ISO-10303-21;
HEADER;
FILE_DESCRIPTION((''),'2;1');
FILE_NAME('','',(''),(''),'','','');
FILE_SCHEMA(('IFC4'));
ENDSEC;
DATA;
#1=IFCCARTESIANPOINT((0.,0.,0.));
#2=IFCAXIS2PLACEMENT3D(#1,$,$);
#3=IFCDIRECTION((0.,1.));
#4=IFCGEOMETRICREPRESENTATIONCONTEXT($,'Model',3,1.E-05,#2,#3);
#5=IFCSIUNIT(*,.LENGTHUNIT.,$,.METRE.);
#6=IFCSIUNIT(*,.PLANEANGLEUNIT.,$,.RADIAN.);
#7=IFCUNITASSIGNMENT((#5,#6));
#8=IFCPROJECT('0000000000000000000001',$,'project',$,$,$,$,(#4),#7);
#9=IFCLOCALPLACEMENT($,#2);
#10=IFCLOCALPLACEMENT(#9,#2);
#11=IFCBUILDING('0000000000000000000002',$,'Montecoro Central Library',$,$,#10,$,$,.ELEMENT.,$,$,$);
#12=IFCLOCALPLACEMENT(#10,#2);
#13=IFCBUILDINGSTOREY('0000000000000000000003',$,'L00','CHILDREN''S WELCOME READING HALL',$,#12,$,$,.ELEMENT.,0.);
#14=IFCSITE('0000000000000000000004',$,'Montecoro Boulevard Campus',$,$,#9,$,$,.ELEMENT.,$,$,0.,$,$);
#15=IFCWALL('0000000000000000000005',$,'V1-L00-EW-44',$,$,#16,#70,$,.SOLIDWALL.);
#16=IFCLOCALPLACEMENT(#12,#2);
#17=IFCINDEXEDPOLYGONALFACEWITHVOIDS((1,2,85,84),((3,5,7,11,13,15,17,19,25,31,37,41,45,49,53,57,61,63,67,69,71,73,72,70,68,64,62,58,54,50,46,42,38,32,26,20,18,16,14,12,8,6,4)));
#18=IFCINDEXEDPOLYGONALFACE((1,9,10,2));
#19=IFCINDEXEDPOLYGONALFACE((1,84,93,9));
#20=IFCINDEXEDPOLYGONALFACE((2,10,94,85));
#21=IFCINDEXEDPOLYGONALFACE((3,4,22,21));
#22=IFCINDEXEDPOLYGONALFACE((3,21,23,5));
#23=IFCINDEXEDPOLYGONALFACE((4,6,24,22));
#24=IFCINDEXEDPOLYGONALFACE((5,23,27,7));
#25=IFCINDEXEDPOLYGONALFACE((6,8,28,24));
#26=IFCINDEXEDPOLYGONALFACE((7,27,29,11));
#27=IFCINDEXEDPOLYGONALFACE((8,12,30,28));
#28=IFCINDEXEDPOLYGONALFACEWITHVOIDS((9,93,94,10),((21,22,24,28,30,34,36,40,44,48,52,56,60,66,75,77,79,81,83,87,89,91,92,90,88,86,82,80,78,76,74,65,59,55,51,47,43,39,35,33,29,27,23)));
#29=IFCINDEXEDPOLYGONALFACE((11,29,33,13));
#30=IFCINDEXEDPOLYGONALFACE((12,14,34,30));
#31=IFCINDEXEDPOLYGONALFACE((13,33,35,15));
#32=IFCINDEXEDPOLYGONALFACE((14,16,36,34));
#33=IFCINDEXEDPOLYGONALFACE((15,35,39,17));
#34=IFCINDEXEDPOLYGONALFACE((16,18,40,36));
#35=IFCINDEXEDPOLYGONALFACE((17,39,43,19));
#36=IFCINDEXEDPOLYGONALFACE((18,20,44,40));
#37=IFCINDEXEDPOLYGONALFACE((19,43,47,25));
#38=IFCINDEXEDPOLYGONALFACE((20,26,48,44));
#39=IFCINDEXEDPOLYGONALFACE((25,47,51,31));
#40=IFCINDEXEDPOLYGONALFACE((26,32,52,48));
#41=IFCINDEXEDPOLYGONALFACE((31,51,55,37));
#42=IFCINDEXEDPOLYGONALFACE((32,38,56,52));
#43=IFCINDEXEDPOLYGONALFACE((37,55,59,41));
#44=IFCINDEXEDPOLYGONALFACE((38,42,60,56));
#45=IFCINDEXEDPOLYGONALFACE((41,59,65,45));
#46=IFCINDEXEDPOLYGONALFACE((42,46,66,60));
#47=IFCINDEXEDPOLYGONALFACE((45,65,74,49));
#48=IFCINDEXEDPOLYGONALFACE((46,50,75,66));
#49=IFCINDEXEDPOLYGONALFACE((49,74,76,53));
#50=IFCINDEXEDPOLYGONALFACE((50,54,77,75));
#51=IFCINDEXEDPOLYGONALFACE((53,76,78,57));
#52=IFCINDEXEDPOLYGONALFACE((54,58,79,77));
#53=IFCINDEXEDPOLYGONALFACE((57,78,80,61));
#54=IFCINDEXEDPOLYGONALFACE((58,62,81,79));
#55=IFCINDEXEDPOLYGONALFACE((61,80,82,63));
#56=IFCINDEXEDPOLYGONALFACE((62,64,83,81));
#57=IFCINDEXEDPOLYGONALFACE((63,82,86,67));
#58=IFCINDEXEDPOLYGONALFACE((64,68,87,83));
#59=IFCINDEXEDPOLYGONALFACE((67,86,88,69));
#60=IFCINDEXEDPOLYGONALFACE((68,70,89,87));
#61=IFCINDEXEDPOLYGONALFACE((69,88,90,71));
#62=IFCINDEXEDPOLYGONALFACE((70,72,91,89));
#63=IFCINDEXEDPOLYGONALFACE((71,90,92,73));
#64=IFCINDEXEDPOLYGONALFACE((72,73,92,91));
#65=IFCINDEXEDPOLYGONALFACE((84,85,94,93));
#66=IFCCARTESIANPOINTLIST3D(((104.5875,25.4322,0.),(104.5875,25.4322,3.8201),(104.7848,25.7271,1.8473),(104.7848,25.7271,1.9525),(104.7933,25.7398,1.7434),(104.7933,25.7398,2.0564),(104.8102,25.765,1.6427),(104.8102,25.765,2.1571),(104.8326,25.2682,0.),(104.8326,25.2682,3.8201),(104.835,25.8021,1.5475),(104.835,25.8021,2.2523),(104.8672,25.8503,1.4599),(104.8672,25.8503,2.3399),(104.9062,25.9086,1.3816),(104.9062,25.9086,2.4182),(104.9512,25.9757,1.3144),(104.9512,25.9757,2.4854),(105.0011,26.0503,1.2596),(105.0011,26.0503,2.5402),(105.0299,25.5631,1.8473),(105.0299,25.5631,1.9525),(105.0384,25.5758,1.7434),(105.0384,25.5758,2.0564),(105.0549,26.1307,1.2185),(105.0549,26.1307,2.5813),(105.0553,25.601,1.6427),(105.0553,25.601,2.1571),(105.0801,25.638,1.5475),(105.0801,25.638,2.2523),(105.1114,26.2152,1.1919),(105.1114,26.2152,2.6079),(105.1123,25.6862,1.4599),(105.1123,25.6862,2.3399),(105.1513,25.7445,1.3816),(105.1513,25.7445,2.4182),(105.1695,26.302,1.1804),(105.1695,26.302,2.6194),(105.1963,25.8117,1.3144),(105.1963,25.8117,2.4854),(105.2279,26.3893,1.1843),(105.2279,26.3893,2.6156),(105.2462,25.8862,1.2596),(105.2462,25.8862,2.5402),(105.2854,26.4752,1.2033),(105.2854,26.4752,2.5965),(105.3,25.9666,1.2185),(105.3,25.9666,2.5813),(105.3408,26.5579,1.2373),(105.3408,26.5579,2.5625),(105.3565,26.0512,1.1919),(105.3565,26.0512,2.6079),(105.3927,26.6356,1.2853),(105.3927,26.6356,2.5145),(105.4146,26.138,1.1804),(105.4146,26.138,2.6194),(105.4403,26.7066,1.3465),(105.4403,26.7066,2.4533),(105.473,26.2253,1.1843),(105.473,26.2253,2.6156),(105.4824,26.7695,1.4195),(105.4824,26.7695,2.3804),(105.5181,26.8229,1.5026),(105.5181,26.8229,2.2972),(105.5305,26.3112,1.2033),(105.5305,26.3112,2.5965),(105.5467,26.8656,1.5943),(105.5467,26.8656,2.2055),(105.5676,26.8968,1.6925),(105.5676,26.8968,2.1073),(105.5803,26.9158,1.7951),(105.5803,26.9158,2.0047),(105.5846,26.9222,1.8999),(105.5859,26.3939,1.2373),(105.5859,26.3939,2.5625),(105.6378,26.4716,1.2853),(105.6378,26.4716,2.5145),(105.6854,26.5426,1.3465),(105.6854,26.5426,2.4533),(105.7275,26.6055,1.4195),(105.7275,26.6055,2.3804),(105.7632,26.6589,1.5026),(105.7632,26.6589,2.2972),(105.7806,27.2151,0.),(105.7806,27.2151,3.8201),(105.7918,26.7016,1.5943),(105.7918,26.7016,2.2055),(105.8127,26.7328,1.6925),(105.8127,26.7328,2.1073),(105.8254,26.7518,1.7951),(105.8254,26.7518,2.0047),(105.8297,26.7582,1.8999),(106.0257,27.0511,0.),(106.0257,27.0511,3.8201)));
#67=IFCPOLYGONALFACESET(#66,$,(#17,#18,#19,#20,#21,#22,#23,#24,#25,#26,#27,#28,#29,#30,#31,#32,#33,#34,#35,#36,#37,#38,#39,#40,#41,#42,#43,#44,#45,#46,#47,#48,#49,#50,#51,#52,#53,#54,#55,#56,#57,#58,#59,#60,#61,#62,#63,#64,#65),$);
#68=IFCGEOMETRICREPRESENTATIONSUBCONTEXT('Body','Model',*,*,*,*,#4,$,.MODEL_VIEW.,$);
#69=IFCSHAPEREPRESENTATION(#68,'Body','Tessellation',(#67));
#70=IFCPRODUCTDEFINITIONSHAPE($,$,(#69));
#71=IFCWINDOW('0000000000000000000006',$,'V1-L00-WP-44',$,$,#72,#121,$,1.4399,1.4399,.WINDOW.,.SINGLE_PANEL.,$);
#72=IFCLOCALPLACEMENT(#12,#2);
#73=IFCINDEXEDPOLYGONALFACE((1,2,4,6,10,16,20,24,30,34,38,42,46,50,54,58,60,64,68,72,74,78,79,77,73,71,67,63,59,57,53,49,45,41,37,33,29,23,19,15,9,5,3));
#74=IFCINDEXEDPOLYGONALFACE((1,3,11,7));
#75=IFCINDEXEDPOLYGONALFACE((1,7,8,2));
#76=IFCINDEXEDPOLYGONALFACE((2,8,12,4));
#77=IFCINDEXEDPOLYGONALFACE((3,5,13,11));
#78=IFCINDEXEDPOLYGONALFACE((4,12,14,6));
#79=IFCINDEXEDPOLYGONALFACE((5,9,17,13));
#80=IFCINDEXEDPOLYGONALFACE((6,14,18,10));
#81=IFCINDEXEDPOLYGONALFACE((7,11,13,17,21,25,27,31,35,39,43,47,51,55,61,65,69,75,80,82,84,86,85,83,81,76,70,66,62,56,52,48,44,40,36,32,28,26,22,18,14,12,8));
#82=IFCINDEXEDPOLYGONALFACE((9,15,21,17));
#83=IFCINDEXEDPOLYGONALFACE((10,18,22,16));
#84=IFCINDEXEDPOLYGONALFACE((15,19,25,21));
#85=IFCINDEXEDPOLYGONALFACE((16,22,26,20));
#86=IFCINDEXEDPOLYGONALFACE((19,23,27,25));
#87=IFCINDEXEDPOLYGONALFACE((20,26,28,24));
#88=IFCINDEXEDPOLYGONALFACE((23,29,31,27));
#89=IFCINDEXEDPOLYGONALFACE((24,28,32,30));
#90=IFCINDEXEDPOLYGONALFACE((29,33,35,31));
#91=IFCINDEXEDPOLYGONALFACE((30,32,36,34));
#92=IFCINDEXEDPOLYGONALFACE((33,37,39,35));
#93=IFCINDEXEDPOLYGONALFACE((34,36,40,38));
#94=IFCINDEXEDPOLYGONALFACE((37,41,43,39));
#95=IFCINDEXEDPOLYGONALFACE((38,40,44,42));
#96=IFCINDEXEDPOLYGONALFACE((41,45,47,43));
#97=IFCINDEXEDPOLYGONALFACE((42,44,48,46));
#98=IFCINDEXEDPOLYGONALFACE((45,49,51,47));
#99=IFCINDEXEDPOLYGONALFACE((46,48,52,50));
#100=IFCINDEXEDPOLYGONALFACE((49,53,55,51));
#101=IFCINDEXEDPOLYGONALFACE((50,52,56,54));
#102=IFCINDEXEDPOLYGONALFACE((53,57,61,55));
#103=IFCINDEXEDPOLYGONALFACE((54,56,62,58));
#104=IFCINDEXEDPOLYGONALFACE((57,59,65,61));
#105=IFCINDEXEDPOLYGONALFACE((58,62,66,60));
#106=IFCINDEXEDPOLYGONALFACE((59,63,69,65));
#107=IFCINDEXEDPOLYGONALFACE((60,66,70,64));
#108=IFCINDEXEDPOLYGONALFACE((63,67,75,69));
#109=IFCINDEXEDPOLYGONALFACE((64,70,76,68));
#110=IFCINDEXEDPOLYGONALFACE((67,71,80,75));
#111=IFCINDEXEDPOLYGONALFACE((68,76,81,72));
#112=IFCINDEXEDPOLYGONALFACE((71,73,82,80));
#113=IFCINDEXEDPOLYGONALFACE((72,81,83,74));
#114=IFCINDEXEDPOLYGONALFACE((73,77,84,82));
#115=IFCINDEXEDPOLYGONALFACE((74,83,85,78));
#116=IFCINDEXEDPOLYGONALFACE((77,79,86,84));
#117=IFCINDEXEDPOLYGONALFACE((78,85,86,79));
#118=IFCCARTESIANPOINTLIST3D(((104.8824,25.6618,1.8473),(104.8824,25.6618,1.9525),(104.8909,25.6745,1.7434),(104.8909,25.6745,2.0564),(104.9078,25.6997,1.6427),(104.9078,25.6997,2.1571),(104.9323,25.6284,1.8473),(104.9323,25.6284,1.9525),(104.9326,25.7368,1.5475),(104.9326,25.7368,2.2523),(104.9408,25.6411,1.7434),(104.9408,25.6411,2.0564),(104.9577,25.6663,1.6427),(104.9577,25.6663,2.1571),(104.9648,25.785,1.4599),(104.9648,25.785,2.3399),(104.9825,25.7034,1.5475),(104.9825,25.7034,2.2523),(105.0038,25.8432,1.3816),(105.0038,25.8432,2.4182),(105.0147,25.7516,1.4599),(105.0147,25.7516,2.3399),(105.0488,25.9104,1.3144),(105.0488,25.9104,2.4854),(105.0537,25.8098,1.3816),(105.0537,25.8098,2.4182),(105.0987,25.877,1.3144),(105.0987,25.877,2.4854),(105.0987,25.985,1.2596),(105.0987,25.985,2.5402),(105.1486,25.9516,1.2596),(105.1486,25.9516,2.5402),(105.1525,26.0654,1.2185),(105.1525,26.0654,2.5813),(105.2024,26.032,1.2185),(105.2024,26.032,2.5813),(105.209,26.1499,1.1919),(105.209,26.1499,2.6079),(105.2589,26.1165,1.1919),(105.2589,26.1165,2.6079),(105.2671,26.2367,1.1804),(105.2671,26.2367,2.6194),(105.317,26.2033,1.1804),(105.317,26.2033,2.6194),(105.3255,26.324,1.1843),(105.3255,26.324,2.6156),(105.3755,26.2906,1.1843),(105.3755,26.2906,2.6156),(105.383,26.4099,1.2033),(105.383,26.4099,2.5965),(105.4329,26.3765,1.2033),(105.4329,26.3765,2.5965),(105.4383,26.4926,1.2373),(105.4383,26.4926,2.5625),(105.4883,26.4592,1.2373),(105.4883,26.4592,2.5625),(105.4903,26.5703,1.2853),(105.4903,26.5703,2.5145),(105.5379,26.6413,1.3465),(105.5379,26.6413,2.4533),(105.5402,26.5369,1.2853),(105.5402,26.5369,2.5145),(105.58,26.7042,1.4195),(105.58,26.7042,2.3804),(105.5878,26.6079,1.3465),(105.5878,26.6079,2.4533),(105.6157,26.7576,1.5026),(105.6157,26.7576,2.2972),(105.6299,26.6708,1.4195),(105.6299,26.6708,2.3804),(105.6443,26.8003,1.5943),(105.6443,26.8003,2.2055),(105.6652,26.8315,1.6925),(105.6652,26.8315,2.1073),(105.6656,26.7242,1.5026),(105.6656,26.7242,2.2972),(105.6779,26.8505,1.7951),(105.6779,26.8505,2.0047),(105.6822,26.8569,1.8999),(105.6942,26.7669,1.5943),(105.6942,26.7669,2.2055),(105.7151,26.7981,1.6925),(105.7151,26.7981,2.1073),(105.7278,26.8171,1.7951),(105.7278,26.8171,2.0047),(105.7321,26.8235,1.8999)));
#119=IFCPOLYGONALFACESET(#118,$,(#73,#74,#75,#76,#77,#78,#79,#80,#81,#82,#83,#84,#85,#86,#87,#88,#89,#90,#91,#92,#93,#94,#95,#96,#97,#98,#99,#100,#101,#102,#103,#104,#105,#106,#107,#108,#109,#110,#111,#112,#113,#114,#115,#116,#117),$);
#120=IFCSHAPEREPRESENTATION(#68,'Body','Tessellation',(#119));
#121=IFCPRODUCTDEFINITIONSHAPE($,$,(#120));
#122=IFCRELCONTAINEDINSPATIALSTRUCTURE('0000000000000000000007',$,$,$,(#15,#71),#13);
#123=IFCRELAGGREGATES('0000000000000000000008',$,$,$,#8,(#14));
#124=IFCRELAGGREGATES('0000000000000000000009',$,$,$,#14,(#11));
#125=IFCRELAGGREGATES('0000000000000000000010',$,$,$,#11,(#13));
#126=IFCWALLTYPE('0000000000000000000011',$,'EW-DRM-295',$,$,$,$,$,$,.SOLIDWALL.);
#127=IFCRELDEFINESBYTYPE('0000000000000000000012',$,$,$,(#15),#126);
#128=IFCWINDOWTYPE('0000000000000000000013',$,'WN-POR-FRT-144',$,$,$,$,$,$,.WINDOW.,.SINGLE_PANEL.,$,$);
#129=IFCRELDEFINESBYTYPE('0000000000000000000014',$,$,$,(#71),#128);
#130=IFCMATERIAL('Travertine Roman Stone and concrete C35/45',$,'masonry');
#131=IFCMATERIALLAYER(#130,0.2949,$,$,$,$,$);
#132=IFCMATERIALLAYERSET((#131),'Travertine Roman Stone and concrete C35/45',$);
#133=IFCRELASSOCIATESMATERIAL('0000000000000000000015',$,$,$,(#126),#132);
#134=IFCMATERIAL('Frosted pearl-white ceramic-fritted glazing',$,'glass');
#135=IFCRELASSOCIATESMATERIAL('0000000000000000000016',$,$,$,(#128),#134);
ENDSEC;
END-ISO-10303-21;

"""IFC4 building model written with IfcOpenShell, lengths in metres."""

from ifc_helpers import new_model, si_unit, direction, frame, frame_2d, origin, place, context, subcontext, project, spatial, rectangle, circle, extrude, material, layer, layer_set, type_object, element, fill, save


model = new_model("IFC4")

# Units and contexts
model_context = context("Model", 3, precision=1e-05, world=origin(), true_north=direction((0.0, 1.0)))
body_context = subcontext(model_context, "Body", "Model", "MODEL_VIEW")
ifc_project = project(units=[si_unit("LENGTHUNIT", "METRE"), si_unit("PLANEANGLEUNIT", "RADIAN")], contexts=[model_context])

# Site, building, storey
site_placement = place(None, origin())
site = spatial("IfcSite", under=ifc_project, at=site_placement, Name="Montecoro Boulevard Campus", CompositionType="ELEMENT", RefElevation=0.0)
building_placement = place(site_placement, origin())
building = spatial("IfcBuilding", under=site, at=building_placement, Name="Montecoro Central Library", CompositionType="ELEMENT")
storey_placement = place(building_placement, origin())
storey = spatial("IfcBuildingStorey", under=building, at=storey_placement, Name="L00", Description="CHILDREN'S WELCOME READING HALL", CompositionType="ELEMENT", Elevation=0.0)

# Wall, opening, window
ifc_material_1 = material(Name="Travertine Roman Stone and concrete C35/45", Category="masonry")
ifc_layer_1 = layer(ifc_material_1, 0.2949)
ifc_layer_set_1 = layer_set([ifc_layer_1], Name="Travertine Roman Stone and concrete C35/45")
wall_type = type_object("IfcWallType", Name="EW-DRM-295", PredefinedType="SOLIDWALL", material=ifc_layer_set_1)
wall_1_placement = place(storey_placement, frame((104.71, 25.3501, 0.0), z_axis=(0.0, 0.0, 1.0), x_axis=(0.556144, 0.831086, 0.0)))
wall_1 = element("IfcWall", 1, at=wall_1_placement, inside=storey, type_object=wall_type, Name="V1-L00-EW-44", PredefinedType="SOLIDWALL", context=body_context, shape_type="SweptSolid", body=[
    extrude(rectangle(XDim=2.1453, YDim=0.2949, at=frame_2d((1.0728, 0.0))), origin(), (0.0, 0.0, 1.0), 3.8201),
])
opening_1_placement = place(wall_1_placement, frame((0.353, 0.0, 1.1799)))
opening_1 = element("IfcOpeningElement", 2, at=opening_1_placement, cuts=wall_1, PredefinedType="OPENING", context=body_context, shape_type="SweptSolid", body=[
    extrude(circle(Radius=0.72, at=frame_2d((0.72, 0.72))), frame((0.0, 0.1575, 0.0), z_axis=(0.0, -1.0, 0.0), x_axis=(1.0, 0.0, 0.0)), (0.0, 0.0, 1.0), 0.3149),
])
ifc_material_2 = material(Name="Frosted pearl-white ceramic-fritted glazing", Category="glass")
window_type_1 = type_object("IfcWindowType", Name="WN-POR-FRT-144", PartitioningType="SINGLE_PANEL", PredefinedType="WINDOW", material=ifc_material_2)
window_1_placement = place(opening_1_placement, origin())
window_1 = element("IfcWindow", 3, at=window_1_placement, inside=storey, type_object=window_type_1, Name="V1-L00-WP-44", OverallHeight=1.4399, OverallWidth=1.4399, PartitioningType="SINGLE_PANEL", PredefinedType="WINDOW", context=body_context, shape_type="SweptSolid", body=[
    extrude(circle(Radius=0.72, at=frame_2d((0.72, 0.72))), frame((0.0, 0.03, 0.0), z_axis=(0.0, -1.0, 0.0), x_axis=(1.0, 0.0, 0.0)), (0.0, 0.0, 1.0), 0.0601),
])
fill(opening_1, window_1)

save(model, "model.ifc")
